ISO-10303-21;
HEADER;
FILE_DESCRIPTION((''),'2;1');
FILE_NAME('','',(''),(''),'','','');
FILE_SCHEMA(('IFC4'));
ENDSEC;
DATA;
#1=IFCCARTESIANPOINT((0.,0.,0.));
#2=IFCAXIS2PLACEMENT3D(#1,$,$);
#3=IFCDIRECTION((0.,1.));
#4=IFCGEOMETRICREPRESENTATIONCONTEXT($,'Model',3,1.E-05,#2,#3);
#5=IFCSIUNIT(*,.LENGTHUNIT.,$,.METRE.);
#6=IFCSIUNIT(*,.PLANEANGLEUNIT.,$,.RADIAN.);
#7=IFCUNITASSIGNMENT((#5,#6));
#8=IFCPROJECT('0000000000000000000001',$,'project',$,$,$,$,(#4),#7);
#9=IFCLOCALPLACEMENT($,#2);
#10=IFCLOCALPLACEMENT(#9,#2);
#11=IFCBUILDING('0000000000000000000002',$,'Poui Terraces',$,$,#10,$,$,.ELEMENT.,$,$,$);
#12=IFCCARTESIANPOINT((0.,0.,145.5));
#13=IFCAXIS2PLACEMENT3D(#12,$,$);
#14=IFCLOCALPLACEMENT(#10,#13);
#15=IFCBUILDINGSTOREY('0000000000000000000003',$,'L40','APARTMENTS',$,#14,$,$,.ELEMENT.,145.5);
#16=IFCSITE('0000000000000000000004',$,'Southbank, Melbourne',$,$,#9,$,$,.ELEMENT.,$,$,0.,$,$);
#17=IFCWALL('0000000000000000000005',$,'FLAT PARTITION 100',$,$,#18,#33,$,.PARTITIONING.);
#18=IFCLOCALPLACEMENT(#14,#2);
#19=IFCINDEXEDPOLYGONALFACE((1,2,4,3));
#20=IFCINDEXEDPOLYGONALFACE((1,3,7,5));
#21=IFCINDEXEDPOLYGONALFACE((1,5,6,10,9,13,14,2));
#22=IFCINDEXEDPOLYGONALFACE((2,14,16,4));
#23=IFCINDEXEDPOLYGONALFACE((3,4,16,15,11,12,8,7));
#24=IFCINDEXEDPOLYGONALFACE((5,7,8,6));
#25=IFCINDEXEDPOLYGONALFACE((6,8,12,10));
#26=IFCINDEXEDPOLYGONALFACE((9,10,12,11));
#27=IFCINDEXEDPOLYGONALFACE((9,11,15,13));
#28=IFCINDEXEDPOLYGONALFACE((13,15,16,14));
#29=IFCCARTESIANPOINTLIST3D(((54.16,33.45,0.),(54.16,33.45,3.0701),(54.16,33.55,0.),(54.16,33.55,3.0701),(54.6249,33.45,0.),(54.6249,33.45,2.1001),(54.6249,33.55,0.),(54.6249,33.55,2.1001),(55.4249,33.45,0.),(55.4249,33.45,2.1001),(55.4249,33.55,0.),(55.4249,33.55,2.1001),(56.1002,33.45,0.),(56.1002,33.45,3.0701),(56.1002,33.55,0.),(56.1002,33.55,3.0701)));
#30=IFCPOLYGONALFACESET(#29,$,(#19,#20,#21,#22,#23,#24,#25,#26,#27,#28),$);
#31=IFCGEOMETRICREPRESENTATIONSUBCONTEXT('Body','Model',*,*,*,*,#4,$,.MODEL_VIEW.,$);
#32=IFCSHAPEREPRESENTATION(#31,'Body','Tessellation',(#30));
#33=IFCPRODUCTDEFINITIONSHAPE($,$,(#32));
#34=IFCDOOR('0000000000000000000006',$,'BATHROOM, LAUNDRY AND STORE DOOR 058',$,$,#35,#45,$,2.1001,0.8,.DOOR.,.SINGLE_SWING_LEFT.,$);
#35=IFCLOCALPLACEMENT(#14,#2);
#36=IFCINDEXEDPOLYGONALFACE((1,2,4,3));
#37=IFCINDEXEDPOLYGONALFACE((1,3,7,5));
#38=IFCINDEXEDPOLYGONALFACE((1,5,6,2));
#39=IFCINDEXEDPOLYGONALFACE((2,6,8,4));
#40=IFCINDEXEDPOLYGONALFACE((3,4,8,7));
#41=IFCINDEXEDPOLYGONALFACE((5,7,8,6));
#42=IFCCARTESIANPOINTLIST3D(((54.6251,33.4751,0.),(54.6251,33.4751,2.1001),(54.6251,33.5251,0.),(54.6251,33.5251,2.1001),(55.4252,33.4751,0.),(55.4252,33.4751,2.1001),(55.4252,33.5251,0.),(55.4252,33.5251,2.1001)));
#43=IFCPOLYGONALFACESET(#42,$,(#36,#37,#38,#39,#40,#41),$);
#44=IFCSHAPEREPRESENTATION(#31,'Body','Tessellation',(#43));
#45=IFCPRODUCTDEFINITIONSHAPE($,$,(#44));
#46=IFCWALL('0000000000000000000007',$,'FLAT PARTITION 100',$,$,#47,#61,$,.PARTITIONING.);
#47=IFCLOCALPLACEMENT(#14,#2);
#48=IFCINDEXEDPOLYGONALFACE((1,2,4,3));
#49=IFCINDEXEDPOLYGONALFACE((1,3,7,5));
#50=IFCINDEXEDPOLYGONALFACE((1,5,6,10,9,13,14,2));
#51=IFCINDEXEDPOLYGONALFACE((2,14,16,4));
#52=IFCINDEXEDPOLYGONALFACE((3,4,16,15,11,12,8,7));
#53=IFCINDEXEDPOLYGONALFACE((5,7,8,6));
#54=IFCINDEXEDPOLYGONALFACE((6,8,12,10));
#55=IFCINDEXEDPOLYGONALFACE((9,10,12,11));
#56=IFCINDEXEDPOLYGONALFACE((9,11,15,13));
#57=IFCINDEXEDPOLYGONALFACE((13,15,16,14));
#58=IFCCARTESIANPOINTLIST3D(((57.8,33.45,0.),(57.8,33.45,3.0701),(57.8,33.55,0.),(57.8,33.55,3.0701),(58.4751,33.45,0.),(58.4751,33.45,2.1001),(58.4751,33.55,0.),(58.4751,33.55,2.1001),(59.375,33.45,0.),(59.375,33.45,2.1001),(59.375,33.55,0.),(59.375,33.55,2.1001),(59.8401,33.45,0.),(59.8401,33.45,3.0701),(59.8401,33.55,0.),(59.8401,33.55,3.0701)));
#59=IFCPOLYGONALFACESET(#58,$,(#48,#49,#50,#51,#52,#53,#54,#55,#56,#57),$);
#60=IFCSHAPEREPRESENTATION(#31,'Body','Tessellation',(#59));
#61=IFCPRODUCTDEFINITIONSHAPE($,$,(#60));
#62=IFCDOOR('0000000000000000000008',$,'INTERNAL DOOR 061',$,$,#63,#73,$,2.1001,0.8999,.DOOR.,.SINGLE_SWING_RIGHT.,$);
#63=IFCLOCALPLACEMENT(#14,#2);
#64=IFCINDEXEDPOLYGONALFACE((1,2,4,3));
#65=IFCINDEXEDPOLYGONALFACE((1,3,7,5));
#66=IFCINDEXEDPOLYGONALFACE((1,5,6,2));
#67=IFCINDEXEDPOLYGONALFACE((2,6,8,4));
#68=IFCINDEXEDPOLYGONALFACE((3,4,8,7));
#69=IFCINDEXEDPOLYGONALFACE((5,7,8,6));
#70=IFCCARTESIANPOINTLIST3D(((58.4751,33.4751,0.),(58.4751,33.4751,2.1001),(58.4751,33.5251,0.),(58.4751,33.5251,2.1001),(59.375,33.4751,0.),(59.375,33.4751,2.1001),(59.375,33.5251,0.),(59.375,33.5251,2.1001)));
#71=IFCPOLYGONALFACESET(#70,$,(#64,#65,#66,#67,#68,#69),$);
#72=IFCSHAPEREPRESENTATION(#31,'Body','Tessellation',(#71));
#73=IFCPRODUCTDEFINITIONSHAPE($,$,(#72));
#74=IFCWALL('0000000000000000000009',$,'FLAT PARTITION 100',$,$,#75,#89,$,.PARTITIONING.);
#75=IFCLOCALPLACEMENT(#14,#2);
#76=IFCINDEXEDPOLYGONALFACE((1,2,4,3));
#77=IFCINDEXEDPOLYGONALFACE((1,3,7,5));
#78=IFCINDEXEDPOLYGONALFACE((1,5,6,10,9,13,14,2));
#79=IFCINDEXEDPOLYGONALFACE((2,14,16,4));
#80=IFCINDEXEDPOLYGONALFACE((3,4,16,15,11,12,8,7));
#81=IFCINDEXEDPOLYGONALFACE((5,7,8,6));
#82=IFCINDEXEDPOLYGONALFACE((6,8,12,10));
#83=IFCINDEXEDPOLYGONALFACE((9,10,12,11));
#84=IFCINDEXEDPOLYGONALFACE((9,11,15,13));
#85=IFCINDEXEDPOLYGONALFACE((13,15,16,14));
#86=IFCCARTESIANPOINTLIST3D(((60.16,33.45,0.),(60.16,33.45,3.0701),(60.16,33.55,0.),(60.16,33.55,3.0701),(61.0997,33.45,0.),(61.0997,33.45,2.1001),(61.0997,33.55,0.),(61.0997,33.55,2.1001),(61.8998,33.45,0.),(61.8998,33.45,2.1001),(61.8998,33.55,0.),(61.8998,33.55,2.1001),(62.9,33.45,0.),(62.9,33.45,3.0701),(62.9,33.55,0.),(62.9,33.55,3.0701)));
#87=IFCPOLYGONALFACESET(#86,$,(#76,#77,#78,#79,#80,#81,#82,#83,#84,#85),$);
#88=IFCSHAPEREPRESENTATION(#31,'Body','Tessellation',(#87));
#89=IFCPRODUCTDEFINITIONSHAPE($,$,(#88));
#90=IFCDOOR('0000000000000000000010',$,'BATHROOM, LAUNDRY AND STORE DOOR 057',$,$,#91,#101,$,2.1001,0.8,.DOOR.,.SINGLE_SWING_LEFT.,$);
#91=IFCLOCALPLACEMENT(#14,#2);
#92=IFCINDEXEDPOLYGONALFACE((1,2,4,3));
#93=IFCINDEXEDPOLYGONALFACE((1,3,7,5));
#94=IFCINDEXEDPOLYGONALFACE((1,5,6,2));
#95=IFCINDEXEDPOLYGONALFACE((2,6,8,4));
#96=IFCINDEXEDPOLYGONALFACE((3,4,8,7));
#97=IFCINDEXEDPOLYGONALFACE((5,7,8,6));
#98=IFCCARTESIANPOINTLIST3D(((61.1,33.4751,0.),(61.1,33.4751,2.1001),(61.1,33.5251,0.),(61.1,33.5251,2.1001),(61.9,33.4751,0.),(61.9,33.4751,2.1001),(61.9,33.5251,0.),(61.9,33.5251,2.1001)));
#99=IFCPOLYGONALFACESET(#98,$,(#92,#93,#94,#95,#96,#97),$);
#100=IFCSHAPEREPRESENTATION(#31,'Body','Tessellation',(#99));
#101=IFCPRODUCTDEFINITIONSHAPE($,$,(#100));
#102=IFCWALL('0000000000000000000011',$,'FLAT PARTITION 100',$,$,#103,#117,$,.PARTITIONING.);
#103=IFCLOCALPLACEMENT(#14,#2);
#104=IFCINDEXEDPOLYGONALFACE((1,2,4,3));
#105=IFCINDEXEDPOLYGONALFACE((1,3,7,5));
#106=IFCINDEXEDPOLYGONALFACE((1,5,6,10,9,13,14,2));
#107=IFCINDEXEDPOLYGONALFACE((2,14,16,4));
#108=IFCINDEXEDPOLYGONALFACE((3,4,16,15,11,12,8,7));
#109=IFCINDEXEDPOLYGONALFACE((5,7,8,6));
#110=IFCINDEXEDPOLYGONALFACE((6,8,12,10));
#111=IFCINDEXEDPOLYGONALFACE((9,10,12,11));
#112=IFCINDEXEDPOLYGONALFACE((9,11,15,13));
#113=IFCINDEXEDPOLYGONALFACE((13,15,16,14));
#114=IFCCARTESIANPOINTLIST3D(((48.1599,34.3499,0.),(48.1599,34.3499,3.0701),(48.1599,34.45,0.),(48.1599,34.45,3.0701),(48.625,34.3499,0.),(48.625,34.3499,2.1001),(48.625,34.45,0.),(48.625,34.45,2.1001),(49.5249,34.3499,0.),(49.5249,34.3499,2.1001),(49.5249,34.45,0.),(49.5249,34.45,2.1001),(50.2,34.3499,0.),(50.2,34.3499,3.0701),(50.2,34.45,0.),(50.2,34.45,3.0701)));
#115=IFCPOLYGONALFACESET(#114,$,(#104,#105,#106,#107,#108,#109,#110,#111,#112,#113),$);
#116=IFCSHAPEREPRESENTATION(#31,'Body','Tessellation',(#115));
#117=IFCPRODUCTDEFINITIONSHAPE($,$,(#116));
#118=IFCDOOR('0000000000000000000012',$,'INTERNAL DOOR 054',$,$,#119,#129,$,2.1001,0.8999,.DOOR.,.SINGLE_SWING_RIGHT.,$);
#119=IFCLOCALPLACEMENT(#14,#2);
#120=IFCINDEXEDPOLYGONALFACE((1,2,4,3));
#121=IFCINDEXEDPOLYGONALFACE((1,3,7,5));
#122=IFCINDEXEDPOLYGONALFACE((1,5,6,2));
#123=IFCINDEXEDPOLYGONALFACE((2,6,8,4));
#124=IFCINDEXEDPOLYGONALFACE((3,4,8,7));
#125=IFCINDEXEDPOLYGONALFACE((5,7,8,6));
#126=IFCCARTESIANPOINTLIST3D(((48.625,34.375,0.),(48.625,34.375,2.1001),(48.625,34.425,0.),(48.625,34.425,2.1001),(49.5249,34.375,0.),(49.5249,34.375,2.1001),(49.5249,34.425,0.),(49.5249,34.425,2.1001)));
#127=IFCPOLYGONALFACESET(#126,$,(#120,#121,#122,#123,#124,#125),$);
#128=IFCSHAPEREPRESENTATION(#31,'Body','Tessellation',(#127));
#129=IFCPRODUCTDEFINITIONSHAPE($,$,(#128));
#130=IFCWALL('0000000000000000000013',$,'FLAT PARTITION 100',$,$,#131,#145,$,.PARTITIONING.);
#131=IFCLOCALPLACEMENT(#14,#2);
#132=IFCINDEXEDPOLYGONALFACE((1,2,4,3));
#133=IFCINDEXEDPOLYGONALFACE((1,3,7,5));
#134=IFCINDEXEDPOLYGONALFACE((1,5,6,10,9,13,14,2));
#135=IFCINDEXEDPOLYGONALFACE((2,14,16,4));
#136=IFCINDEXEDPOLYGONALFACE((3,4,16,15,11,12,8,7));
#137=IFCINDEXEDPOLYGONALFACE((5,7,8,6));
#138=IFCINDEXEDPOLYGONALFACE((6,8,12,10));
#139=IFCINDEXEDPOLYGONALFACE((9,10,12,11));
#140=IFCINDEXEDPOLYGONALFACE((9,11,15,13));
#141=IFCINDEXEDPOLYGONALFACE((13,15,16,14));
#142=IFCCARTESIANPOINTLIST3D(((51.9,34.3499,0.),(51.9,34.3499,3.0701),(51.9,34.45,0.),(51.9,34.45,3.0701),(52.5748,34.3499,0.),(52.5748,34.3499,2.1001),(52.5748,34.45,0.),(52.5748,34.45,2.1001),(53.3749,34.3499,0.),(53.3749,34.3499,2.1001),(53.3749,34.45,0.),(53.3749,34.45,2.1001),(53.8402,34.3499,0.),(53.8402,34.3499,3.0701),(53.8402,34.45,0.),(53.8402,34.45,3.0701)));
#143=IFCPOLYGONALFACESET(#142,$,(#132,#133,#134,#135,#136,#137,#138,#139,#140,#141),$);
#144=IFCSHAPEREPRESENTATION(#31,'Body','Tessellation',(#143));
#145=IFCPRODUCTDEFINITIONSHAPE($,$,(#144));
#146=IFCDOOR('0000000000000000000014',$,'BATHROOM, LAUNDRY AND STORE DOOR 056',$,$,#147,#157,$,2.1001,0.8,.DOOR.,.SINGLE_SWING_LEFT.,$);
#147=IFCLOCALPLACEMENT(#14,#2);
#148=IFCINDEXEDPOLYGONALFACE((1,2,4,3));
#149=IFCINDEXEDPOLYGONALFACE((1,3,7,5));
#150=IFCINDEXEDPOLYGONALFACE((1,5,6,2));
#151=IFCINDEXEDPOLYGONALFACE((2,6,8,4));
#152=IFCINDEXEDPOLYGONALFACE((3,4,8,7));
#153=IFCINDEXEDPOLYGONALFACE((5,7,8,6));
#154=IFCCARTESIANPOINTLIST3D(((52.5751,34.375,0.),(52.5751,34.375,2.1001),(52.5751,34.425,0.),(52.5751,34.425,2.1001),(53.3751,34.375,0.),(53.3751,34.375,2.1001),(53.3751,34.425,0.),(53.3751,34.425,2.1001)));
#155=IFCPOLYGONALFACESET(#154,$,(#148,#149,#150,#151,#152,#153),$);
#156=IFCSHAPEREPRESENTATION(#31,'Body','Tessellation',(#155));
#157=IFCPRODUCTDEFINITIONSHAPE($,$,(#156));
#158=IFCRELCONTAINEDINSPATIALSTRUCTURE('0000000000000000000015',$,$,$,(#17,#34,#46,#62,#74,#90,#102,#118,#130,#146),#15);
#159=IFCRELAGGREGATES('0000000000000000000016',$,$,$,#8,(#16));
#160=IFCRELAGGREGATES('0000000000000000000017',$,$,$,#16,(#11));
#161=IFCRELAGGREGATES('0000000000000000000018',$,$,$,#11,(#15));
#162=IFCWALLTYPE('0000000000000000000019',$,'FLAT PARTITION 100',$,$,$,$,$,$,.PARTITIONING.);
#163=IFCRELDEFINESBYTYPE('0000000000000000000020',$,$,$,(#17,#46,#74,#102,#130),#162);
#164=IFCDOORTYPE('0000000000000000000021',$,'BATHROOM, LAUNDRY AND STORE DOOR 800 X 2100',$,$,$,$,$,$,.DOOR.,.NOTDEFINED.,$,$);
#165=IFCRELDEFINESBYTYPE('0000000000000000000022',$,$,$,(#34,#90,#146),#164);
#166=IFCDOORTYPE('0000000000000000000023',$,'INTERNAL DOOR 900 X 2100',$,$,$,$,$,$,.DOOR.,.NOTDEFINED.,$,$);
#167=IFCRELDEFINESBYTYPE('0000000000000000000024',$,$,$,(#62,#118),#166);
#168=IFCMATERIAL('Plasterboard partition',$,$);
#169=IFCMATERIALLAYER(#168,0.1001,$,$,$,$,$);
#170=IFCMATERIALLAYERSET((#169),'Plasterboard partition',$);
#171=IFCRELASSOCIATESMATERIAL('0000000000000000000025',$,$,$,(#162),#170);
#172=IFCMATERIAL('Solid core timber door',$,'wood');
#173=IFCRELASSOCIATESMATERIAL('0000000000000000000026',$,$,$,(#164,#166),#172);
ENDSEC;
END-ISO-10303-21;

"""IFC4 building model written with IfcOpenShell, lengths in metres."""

from ifc_helpers import new_model, si_unit, direction, frame, frame_2d, origin, place, context, subcontext, project, spatial, rectangle, extrude, material, layer, layer_set, type_object, element, fill, save


model = new_model("IFC4")

# Units and contexts
model_context = context("Model", 3, precision=1e-05, world=origin(), true_north=direction((0.0, 1.0)))
body_context = subcontext(model_context, "Body", "Model", "MODEL_VIEW")
ifc_project = project(units=[si_unit("LENGTHUNIT", "METRE"), si_unit("PLANEANGLEUNIT", "RADIAN")], contexts=[model_context])

# Site, building, storey
site_placement = place(None, origin())
site = spatial("IfcSite", under=ifc_project, at=site_placement, Name="Southbank, Melbourne", CompositionType="ELEMENT", RefElevation=0.0)
building_placement = place(site_placement, origin())
building = spatial("IfcBuilding", under=site, at=building_placement, Name="Poui Terraces", CompositionType="ELEMENT")
storey_placement = place(building_placement, frame((0.0, 0.0, 145.5)))
storey = spatial("IfcBuildingStorey", under=building, at=storey_placement, Name="L40", Description="APARTMENTS", CompositionType="ELEMENT", Elevation=145.5)

# Walls, openings, doors
ifc_material_1 = material(Name="Plasterboard partition")
ifc_layer_1 = layer(ifc_material_1, 0.1001)
ifc_layer_set_1 = layer_set([ifc_layer_1], Name="Plasterboard partition")
wall_type_1 = type_object("IfcWallType", Name="FLAT PARTITION 100", PredefinedType="PARTITIONING", material=ifc_layer_set_1)
wall_1_placement = place(storey_placement, frame((54.1599, 33.5, 0.0), z_axis=(0.0, 0.0, 1.0), x_axis=(1.0, 0.0, 0.0)))
wall_1 = element("IfcWall", 1, at=wall_1_placement, inside=storey, type_object=wall_type_1, Name="FLAT PARTITION 100", PredefinedType="PARTITIONING", context=body_context, shape_type="SweptSolid", body=[
    extrude(rectangle(XDim=1.9402, YDim=0.1001, at=frame_2d((0.9702, 0.0))), origin(), (0.0, 0.0, 1.0), 3.0701),
])
opening_1_placement = place(wall_1_placement, frame((0.4651, 0.0, 0.0)))
opening_1 = element("IfcOpeningElement", 2, at=opening_1_placement, cuts=wall_1, PredefinedType="OPENING", context=body_context, shape_type="SweptSolid", body=[
    extrude(rectangle(XDim=0.8, YDim=2.1001, at=frame_2d((0.3999, 1.05))), frame((0.0, 0.0601, 0.0), z_axis=(0.0, -1.0, 0.0), x_axis=(1.0, 0.0, 0.0)), (0.0, 0.0, 1.0), 0.1201),
])
ifc_material_2 = material(Name="Solid core timber door", Category="wood")
door_type_1 = type_object("IfcDoorType", Name="BATHROOM, LAUNDRY AND STORE DOOR 800 X 2100", OperationType="NOTDEFINED", PredefinedType="DOOR", material=ifc_material_2)
door_1_placement = place(opening_1_placement, frame((0.8, 0.0, 0.0), z_axis=(0.0, 0.0, 1.0), x_axis=(-1.0, 0.0, 0.0)))
door_1 = element("IfcDoor", 3, at=door_1_placement, inside=storey, type_object=door_type_1, Name="BATHROOM, LAUNDRY AND STORE DOOR 058", OperationType="SINGLE_SWING_LEFT", OverallHeight=2.1001, OverallWidth=0.8, PredefinedType="DOOR", context=body_context, shape_type="SweptSolid", body=[
    extrude(rectangle(XDim=0.8, YDim=2.1001, at=frame_2d((0.3999, 1.05))), frame((0.0, 0.0249, 0.0), z_axis=(0.0, -1.0, 0.0), x_axis=(1.0, 0.0, 0.0)), (0.0, 0.0, 1.0), 0.05),
])
fill(opening_1, door_1)
wall_2_placement = place(storey_placement, frame((57.8, 33.5, 0.0), z_axis=(0.0, 0.0, 1.0), x_axis=(1.0, 0.0, 0.0)))
wall_2 = element("IfcWall", 4, at=wall_2_placement, inside=storey, type_object=wall_type_1, Name="FLAT PARTITION 100", PredefinedType="PARTITIONING", context=body_context, shape_type="SweptSolid", body=[
    extrude(rectangle(XDim=2.04, YDim=0.1001, at=frame_2d((1.02, 0.0))), origin(), (0.0, 0.0, 1.0), 3.0701),
])
opening_2_placement = place(wall_2_placement, frame((0.675, 0.0, 0.0)))
opening_2 = element("IfcOpeningElement", 5, at=opening_2_placement, cuts=wall_2, PredefinedType="OPENING", context=body_context, shape_type="SweptSolid", body=[
    extrude(rectangle(XDim=0.8999, YDim=2.1001, at=frame_2d((0.45, 1.05))), frame((0.0, 0.0601, 0.0), z_axis=(0.0, -1.0, 0.0), x_axis=(1.0, 0.0, 0.0)), (0.0, 0.0, 1.0), 0.1201),
])
door_type_2 = type_object("IfcDoorType", Name="INTERNAL DOOR 900 X 2100", OperationType="NOTDEFINED", PredefinedType="DOOR", material=ifc_material_2)
door_2_placement = place(opening_2_placement, frame((0.8999, 0.0, 0.0), z_axis=(0.0, 0.0, 1.0), x_axis=(-1.0, 0.0, 0.0)))
door_2 = element("IfcDoor", 6, at=door_2_placement, inside=storey, type_object=door_type_2, Name="INTERNAL DOOR 061", OperationType="SINGLE_SWING_RIGHT", OverallHeight=2.1001, OverallWidth=0.8999, PredefinedType="DOOR", context=body_context, shape_type="SweptSolid", body=[
    extrude(rectangle(XDim=0.8999, YDim=2.1001, at=frame_2d((0.45, 1.05))), frame((0.0, 0.0249, 0.0), z_axis=(0.0, -1.0, 0.0), x_axis=(1.0, 0.0, 0.0)), (0.0, 0.0, 1.0), 0.05),
])
fill(opening_2, door_2)
wall_3_placement = place(storey_placement, frame((60.1599, 33.5, 0.0), z_axis=(0.0, 0.0, 1.0), x_axis=(1.0, 0.0, 0.0)))
wall_3 = element("IfcWall", 7, at=wall_3_placement, inside=storey, type_object=wall_type_1, Name="FLAT PARTITION 100", PredefinedType="PARTITIONING", context=body_context, shape_type="SweptSolid", body=[
    extrude(rectangle(XDim=2.74, YDim=0.1001, at=frame_2d((1.3701, 0.0))), origin(), (0.0, 0.0, 1.0), 3.0701),
])
opening_3_placement = place(wall_3_placement, frame((0.9399, 0.0, 0.0)))
opening_3 = element("IfcOpeningElement", 8, at=opening_3_placement, cuts=wall_3, PredefinedType="OPENING", context=body_context, shape_type="SweptSolid", body=[
    extrude(rectangle(XDim=0.8, YDim=2.1001, at=frame_2d((0.3999, 1.05))), frame((0.0, 0.0601, 0.0), z_axis=(0.0, -1.0, 0.0), x_axis=(1.0, 0.0, 0.0)), (0.0, 0.0, 1.0), 0.1201),
])
door_3_placement = place(opening_3_placement, frame((0.8, 0.0, 0.0), z_axis=(0.0, 0.0, 1.0), x_axis=(-1.0, 0.0, 0.0)))
door_3 = element("IfcDoor", 9, at=door_3_placement, inside=storey, type_object=door_type_1, Name="BATHROOM, LAUNDRY AND STORE DOOR 057", OperationType="SINGLE_SWING_LEFT", OverallHeight=2.1001, OverallWidth=0.8, PredefinedType="DOOR", context=body_context, shape_type="SweptSolid", body=[
    extrude(rectangle(XDim=0.8, YDim=2.1001, at=frame_2d((0.3999, 1.05))), frame((0.0, 0.0249, 0.0), z_axis=(0.0, -1.0, 0.0), x_axis=(1.0, 0.0, 0.0)), (0.0, 0.0, 1.0), 0.05),
])
fill(opening_3, door_3)
wall_4_placement = place(storey_placement, frame((48.1599, 34.3999, 0.0), z_axis=(0.0, 0.0, 1.0), x_axis=(1.0, 0.0, 0.0)))
wall_4 = element("IfcWall", 10, at=wall_4_placement, inside=storey, type_object=wall_type_1, Name="FLAT PARTITION 100", PredefinedType="PARTITIONING", context=body_context, shape_type="SweptSolid", body=[
    extrude(rectangle(XDim=2.04, YDim=0.1001, at=frame_2d((1.02, 0.0))), origin(), (0.0, 0.0, 1.0), 3.0701),
])
opening_4_placement = place(wall_4_placement, frame((0.4651, 0.0, 0.0)))
opening_4 = element("IfcOpeningElement", 11, at=opening_4_placement, cuts=wall_4, PredefinedType="OPENING", context=body_context, shape_type="SweptSolid", body=[
    extrude(rectangle(XDim=0.8999, YDim=2.1001, at=frame_2d((0.45, 1.05))), frame((0.0, 0.0601, 0.0), z_axis=(0.0, -1.0, 0.0), x_axis=(1.0, 0.0, 0.0)), (0.0, 0.0, 1.0), 0.1201),
])
door_4_placement = place(opening_4_placement, frame((0.8999, 0.0, 0.0), z_axis=(0.0, 0.0, 1.0), x_axis=(-1.0, 0.0, 0.0)))
door_4 = element("IfcDoor", 12, at=door_4_placement, inside=storey, type_object=door_type_2, Name="INTERNAL DOOR 054", OperationType="SINGLE_SWING_RIGHT", OverallHeight=2.1001, OverallWidth=0.8999, PredefinedType="DOOR", context=body_context, shape_type="SweptSolid", body=[
    extrude(rectangle(XDim=0.8999, YDim=2.1001, at=frame_2d((0.45, 1.05))), frame((0.0, 0.0249, 0.0), z_axis=(0.0, -1.0, 0.0), x_axis=(1.0, 0.0, 0.0)), (0.0, 0.0, 1.0), 0.05),
])
fill(opening_4, door_4)
wall_5_placement = place(storey_placement, frame((51.8999, 34.3999, 0.0), z_axis=(0.0, 0.0, 1.0), x_axis=(1.0, 0.0, 0.0)))
wall_5 = element("IfcWall", 13, at=wall_5_placement, inside=storey, type_object=wall_type_1, Name="FLAT PARTITION 100", PredefinedType="PARTITIONING", context=body_context, shape_type="SweptSolid", body=[
    extrude(rectangle(XDim=1.9402, YDim=0.1001, at=frame_2d((0.9702, 0.0))), origin(), (0.0, 0.0, 1.0), 3.0701),
])
opening_5_placement = place(wall_5_placement, frame((0.675, 0.0, 0.0)))
opening_5 = element("IfcOpeningElement", 14, at=opening_5_placement, cuts=wall_5, PredefinedType="OPENING", context=body_context, shape_type="SweptSolid", body=[
    extrude(rectangle(XDim=0.8, YDim=2.1001, at=frame_2d((0.3999, 1.05))), frame((0.0, 0.0601, 0.0), z_axis=(0.0, -1.0, 0.0), x_axis=(1.0, 0.0, 0.0)), (0.0, 0.0, 1.0), 0.1201),
])
door_5_placement = place(opening_5_placement, frame((0.8, 0.0, 0.0), z_axis=(0.0, 0.0, 1.0), x_axis=(-1.0, 0.0, 0.0)))
door_5 = element("IfcDoor", 15, at=door_5_placement, inside=storey, type_object=door_type_1, Name="BATHROOM, LAUNDRY AND STORE DOOR 056", OperationType="SINGLE_SWING_LEFT", OverallHeight=2.1001, OverallWidth=0.8, PredefinedType="DOOR", context=body_context, shape_type="SweptSolid", body=[
    extrude(rectangle(XDim=0.8, YDim=2.1001, at=frame_2d((0.3999, 1.05))), frame((0.0, 0.0249, 0.0), z_axis=(0.0, -1.0, 0.0), x_axis=(1.0, 0.0, 0.0)), (0.0, 0.0, 1.0), 0.05),
])
fill(opening_5, door_5)

save(model, "model.ifc")
